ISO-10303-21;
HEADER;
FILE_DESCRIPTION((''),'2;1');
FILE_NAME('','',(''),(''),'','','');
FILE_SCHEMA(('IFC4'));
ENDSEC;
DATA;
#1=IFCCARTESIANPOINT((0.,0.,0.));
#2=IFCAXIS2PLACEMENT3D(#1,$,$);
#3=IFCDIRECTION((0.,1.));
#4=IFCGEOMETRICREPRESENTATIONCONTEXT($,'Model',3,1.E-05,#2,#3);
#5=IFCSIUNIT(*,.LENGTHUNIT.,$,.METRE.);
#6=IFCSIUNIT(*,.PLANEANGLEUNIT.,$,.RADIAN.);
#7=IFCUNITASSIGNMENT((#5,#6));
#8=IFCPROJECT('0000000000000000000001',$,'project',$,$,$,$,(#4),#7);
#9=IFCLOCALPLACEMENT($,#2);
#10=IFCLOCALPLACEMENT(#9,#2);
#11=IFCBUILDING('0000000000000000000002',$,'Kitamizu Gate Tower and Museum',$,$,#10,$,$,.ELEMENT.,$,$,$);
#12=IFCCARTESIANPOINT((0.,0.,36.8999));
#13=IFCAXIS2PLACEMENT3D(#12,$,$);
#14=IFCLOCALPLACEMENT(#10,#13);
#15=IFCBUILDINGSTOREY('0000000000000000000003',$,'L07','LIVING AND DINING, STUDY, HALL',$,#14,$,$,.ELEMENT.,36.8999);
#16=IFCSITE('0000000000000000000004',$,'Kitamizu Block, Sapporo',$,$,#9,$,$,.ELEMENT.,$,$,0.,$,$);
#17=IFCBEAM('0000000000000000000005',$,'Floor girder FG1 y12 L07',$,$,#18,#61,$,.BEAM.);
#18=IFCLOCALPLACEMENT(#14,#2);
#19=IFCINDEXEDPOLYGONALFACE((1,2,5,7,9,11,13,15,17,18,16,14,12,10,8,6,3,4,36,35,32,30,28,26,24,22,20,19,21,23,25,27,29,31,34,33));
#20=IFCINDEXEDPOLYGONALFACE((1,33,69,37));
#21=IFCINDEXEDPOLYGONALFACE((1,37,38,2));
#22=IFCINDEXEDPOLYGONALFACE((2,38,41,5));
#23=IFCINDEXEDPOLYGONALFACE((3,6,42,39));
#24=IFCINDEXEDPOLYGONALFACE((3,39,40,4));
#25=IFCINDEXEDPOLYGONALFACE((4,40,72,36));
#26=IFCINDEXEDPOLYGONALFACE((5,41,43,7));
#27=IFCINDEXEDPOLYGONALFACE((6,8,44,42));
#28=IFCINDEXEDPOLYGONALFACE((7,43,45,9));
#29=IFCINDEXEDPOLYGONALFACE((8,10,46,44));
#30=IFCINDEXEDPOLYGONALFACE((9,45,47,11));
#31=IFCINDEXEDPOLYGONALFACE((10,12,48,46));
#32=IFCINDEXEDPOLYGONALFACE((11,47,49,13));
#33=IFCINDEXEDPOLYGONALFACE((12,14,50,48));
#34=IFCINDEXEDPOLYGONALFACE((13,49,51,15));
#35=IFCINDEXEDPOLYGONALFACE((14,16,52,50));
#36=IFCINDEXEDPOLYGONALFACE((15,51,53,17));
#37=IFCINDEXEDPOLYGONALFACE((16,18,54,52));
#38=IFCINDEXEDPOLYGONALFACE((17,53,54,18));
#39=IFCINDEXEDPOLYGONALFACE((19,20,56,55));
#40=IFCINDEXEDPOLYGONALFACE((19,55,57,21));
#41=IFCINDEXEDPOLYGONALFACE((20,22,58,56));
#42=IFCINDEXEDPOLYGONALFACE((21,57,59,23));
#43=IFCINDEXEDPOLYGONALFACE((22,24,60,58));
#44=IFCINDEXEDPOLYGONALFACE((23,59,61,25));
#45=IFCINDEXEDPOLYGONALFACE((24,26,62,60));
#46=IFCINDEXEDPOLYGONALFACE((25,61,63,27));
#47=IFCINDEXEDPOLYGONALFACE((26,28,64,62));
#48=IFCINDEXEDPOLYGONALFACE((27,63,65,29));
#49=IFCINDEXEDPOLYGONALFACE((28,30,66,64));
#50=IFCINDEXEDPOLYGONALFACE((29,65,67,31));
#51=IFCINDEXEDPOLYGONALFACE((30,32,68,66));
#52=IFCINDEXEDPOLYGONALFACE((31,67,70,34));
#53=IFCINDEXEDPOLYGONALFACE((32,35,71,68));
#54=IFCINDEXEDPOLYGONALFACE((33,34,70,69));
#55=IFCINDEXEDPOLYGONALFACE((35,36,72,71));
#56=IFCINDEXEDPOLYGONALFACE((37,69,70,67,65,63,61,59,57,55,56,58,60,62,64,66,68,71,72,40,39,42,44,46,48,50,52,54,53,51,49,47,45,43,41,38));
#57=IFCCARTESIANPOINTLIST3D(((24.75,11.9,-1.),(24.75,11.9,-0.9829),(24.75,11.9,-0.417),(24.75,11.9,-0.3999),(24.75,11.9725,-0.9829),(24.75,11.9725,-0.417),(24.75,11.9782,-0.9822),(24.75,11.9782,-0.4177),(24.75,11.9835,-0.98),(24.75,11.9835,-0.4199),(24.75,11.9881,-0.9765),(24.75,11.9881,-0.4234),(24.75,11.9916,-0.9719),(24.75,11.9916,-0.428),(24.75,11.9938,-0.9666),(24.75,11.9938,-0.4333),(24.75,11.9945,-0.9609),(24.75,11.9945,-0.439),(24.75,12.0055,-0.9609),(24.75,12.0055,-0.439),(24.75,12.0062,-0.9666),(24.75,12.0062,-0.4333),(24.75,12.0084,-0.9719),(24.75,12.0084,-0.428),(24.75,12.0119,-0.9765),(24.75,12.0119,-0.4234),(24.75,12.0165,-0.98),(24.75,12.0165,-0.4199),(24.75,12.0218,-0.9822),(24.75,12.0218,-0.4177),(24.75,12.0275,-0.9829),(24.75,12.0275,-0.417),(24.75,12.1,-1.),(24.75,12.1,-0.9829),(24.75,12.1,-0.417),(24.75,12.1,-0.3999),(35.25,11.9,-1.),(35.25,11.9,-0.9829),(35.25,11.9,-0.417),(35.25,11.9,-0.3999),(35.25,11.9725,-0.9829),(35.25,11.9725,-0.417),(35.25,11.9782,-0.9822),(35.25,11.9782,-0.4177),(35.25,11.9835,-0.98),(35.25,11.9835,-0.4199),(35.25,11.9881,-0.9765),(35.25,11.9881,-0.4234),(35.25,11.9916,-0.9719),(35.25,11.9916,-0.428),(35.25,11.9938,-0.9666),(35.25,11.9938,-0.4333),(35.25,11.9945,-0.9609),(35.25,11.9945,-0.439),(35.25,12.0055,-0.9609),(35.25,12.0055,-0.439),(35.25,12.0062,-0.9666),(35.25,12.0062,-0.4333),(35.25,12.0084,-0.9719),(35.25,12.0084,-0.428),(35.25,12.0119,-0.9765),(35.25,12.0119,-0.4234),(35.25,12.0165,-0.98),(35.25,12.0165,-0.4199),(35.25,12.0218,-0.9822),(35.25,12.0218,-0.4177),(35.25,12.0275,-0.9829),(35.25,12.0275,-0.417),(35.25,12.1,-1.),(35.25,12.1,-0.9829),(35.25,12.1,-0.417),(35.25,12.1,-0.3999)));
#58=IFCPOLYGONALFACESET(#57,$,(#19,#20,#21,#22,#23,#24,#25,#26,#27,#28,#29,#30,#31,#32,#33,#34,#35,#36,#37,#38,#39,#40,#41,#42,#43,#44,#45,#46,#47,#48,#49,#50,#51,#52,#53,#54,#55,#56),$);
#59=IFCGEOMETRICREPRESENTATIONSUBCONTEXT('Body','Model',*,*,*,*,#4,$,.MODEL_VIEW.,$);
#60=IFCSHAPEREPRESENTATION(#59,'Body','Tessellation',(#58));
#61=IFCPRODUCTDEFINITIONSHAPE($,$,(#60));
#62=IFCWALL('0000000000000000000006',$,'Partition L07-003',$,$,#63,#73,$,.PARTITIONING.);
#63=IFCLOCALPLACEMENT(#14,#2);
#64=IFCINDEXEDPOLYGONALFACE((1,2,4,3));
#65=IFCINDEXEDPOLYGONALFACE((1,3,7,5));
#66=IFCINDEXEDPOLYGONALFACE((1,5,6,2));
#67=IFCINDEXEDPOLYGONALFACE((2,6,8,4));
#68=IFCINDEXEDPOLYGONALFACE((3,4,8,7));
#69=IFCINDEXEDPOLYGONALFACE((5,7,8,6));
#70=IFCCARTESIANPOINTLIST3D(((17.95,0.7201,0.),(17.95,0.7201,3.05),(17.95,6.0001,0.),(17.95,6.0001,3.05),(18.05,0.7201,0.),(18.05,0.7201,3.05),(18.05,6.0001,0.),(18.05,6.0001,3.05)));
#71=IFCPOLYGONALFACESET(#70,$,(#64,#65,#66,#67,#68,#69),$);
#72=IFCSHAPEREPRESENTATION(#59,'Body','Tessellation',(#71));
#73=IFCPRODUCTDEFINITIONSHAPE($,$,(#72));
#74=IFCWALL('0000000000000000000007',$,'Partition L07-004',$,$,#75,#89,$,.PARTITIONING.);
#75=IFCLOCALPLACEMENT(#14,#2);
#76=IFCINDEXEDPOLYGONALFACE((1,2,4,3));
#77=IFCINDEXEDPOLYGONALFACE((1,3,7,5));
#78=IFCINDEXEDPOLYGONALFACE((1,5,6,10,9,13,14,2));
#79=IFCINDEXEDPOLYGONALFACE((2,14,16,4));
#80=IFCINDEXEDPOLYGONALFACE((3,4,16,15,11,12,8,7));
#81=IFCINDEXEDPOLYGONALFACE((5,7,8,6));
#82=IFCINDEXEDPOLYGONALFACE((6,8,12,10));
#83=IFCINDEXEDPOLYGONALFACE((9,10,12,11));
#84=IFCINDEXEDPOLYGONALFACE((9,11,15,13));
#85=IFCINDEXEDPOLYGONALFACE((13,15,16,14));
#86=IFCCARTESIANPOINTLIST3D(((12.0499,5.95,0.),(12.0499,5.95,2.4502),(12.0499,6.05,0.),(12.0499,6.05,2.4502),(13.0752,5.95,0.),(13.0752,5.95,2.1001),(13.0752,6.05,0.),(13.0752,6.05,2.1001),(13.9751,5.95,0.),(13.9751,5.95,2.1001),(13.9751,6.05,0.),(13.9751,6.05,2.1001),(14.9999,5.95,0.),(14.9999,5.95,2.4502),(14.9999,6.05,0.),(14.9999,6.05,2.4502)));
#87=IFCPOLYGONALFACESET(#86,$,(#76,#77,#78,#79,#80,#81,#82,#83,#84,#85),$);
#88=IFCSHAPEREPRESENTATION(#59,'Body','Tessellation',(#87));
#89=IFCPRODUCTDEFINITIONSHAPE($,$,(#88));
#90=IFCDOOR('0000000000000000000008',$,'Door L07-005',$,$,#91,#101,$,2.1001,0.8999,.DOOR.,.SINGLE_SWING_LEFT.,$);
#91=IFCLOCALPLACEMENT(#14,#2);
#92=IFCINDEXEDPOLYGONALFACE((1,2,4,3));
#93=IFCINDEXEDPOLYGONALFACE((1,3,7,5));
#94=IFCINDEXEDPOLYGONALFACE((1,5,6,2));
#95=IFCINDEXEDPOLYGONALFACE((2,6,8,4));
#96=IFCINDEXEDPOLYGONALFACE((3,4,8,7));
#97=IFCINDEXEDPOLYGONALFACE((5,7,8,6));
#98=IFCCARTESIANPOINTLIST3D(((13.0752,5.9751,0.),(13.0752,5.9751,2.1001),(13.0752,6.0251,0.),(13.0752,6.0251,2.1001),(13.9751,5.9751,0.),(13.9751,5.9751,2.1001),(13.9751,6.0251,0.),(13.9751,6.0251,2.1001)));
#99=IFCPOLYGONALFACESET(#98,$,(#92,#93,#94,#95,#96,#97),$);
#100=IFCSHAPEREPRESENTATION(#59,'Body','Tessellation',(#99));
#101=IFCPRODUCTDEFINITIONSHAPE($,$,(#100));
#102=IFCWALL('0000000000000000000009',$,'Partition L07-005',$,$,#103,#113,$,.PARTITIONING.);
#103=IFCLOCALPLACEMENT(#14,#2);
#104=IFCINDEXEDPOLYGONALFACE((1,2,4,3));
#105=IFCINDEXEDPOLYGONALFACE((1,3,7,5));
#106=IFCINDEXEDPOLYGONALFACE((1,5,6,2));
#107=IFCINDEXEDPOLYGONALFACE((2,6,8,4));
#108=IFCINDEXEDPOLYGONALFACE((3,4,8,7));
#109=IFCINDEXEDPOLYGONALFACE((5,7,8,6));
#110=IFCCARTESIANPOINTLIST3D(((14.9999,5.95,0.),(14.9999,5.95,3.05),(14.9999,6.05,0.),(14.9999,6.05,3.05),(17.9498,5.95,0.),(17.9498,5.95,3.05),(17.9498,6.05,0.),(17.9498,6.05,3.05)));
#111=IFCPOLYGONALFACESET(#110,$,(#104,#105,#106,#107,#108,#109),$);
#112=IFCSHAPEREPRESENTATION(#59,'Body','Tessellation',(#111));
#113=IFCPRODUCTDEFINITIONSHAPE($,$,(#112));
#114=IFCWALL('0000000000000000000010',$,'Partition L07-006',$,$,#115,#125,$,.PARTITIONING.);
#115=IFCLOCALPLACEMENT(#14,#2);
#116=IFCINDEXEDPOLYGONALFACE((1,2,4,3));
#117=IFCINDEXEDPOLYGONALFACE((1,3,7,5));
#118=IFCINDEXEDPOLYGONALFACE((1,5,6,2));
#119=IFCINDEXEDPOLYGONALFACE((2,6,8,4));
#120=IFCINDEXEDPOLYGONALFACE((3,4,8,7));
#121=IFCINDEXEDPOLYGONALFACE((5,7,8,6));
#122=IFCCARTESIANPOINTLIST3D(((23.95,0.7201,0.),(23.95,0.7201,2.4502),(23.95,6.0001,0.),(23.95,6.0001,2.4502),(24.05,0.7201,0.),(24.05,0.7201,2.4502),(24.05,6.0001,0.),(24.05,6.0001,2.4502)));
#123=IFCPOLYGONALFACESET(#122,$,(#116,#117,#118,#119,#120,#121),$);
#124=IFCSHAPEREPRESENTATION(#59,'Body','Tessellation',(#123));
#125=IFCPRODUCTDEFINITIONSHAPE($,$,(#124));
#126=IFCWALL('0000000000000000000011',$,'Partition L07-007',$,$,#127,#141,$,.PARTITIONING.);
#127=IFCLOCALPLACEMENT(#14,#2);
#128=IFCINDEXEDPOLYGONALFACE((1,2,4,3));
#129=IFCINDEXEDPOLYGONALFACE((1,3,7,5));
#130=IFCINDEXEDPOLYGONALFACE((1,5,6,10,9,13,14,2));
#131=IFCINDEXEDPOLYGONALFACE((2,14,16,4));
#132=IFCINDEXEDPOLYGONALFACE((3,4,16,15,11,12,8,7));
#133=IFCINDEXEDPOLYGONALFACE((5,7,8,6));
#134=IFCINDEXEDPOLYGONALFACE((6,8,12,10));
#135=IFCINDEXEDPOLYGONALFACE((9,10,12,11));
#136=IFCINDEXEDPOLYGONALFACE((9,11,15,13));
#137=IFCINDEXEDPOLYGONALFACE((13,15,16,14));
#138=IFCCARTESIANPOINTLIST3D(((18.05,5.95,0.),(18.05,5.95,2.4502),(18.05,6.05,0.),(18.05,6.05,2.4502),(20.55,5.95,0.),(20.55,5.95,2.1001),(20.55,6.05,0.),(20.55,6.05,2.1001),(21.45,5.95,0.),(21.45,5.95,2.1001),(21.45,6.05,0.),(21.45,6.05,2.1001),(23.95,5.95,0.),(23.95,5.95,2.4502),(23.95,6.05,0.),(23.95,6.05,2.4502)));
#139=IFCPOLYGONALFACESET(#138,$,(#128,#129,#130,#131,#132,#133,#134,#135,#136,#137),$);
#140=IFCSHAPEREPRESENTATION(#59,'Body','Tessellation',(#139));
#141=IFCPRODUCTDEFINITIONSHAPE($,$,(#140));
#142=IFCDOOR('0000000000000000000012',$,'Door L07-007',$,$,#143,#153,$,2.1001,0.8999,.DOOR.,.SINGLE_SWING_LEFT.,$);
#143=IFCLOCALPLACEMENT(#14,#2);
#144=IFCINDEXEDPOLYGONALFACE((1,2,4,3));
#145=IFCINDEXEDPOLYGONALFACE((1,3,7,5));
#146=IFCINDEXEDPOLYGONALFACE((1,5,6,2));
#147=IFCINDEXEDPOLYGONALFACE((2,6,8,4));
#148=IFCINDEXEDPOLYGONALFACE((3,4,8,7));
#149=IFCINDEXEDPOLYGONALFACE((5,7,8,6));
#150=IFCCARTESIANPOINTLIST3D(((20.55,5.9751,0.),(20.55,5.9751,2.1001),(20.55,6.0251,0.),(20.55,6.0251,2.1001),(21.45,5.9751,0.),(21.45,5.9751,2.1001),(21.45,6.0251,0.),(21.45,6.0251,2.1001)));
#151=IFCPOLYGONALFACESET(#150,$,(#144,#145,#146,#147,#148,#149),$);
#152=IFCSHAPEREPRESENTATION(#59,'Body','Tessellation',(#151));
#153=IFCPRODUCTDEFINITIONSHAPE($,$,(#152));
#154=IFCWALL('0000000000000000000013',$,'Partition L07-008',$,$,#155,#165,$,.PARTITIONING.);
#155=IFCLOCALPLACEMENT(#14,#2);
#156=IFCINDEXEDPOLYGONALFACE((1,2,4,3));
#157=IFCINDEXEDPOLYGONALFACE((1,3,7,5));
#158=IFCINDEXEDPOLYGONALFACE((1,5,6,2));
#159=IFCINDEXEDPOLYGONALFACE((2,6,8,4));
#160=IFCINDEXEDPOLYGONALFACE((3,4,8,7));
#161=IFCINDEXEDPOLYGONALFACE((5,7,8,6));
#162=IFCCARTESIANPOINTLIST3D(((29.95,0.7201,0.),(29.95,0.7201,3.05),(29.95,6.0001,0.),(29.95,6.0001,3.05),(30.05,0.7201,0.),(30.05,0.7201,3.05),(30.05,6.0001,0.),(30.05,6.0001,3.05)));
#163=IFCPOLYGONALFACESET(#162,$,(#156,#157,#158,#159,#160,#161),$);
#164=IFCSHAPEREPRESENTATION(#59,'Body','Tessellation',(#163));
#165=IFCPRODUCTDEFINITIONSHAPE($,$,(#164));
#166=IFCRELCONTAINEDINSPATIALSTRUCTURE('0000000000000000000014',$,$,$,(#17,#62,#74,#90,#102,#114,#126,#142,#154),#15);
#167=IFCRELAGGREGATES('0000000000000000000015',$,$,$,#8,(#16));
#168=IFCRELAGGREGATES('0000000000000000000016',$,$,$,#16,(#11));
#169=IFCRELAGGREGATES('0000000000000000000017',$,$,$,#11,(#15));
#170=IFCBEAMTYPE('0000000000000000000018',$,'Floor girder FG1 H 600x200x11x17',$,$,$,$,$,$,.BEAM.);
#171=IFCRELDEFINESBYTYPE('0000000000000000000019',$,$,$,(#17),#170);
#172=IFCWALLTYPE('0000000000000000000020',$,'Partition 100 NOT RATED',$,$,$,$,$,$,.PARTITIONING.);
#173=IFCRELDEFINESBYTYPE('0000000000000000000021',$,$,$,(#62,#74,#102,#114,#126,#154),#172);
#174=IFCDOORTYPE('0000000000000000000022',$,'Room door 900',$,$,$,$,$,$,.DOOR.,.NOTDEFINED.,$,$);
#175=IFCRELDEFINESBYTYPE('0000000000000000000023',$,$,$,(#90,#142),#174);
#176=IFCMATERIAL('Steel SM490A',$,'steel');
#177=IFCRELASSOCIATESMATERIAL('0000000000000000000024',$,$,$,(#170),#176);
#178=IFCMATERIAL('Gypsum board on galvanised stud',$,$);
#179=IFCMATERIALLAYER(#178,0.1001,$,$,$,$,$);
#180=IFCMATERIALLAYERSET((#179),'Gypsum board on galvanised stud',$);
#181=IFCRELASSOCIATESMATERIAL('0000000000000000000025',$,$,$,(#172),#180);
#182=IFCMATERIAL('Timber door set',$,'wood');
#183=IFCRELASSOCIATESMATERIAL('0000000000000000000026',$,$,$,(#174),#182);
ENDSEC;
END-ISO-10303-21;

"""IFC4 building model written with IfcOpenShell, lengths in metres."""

from ifc_helpers import new_model, si_unit, direction, frame, frame_2d, origin, origin_2d, place, context, subcontext, project, spatial, rectangle, i_section, extrude, material, layer, layer_set, material_profile, profile_set, type_object, element, fill, save


model = new_model("IFC4")

# Units and contexts
model_context = context("Model", 3, precision=1e-05, world=origin(), true_north=direction((0.0, 1.0)))
body_context = subcontext(model_context, "Body", "Model", "MODEL_VIEW")
ifc_project = project(units=[si_unit("LENGTHUNIT", "METRE"), si_unit("PLANEANGLEUNIT", "RADIAN")], contexts=[model_context])

# Site, building, storey
site_placement = place(None, origin())
site = spatial("IfcSite", under=ifc_project, at=site_placement, Name="Kitamizu Block, Sapporo", CompositionType="ELEMENT", RefElevation=0.0)
building_placement = place(site_placement, origin())
building = spatial("IfcBuilding", under=site, at=building_placement, Name="Kitamizu Gate Tower and Museum", CompositionType="ELEMENT")
storey_placement = place(building_placement, frame((0.0, 0.0, 36.8999)))
storey = spatial("IfcBuildingStorey", under=building, at=storey_placement, Name="L07", Description="LIVING AND DINING, STUDY, HALL", CompositionType="ELEMENT", Elevation=36.8999)

# Beam
ifc_material_1 = material(Name="Steel SM490A", Category="steel")
ifc_material_profile_1 = material_profile(ifc_material_1, i_section(OverallWidth=0.2, OverallDepth=0.6001, WebThickness=0.011, FlangeThickness=0.0171, FilletRadius=0.022, at=origin_2d()), Name="H-600x200x11x17")
ifc_profile_set_1 = profile_set([ifc_material_profile_1], Name="Steel SM490A")
beam_type_1 = type_object("IfcBeamType", Name="Floor girder FG1 H 600x200x11x17", PredefinedType="BEAM", material=ifc_profile_set_1)
beam_1_placement = place(storey_placement, frame((24.75, 12.0, -0.7), z_axis=(1.0, 0.0, 0.0), x_axis=(0.0, 1.0, 0.0)))
element("IfcBeam", 1, at=beam_1_placement, inside=storey, type_object=beam_type_1, Name="Floor girder FG1 y12 L07", PredefinedType="BEAM", context=body_context, shape_type="SweptSolid", body=[
    extrude(i_section(OverallWidth=0.2, OverallDepth=0.6001, WebThickness=0.011, FlangeThickness=0.0171, FilletRadius=0.022, at=origin_2d()), origin(), (0.0, 0.0, 1.0), 10.5),
])

# Wall
ifc_material_2 = material(Name="Gypsum board on galvanised stud")
ifc_layer = layer(ifc_material_2, 0.1001)
ifc_layer_set = layer_set([ifc_layer], Name="Gypsum board on galvanised stud")
wall_type = type_object("IfcWallType", Name="Partition 100 NOT RATED", PredefinedType="PARTITIONING", material=ifc_layer_set)
wall_1_placement = place(storey_placement, frame((18.0, 0.72, 0.0), z_axis=(0.0, 0.0, 1.0), x_axis=(0.0, 1.0, 0.0)))
element("IfcWall", 2, at=wall_1_placement, inside=storey, type_object=wall_type, Name="Partition L07-003", PredefinedType="PARTITIONING", context=body_context, shape_type="SweptSolid", body=[
    extrude(rectangle(XDim=5.28, YDim=0.1001, at=frame_2d((2.6401, 0.0))), origin(), (0.0, 0.0, 1.0), 3.05),
])

# Wall, opening, door
wall_2_placement = place(storey_placement, frame((15.0, 6.0, 0.0), z_axis=(0.0, 0.0, 1.0), x_axis=(-1.0, 0.0, 0.0)))
wall_2 = element("IfcWall", 3, at=wall_2_placement, inside=storey, type_object=wall_type, Name="Partition L07-004", PredefinedType="PARTITIONING", context=body_context, shape_type="SweptSolid", body=[
    extrude(rectangle(XDim=2.95, YDim=0.1001, at=frame_2d((1.4751, 0.0))), origin(), (0.0, 0.0, 1.0), 2.4502),
])
opening_1_placement = place(wall_2_placement, frame((1.0249, 0.0, 0.0)))
opening_1 = element("IfcOpeningElement", 4, at=opening_1_placement, cuts=wall_2, PredefinedType="OPENING", context=body_context, shape_type="SweptSolid", body=[
    extrude(rectangle(XDim=0.8999, YDim=2.1001, at=frame_2d((0.45, 1.05))), frame((0.0, 0.0601, 0.0), z_axis=(0.0, -1.0, 0.0), x_axis=(1.0, 0.0, 0.0)), (0.0, 0.0, 1.0), 0.1201),
])
ifc_material_3 = material(Name="Timber door set", Category="wood")
door_type = type_object("IfcDoorType", Name="Room door 900", OperationType="NOTDEFINED", PredefinedType="DOOR", material=ifc_material_3)
door_1_placement = place(opening_1_placement, origin())
door_1 = element("IfcDoor", 5, at=door_1_placement, inside=storey, type_object=door_type, Name="Door L07-005", OperationType="SINGLE_SWING_LEFT", OverallHeight=2.1001, OverallWidth=0.8999, PredefinedType="DOOR", context=body_context, shape_type="SweptSolid", body=[
    extrude(rectangle(XDim=0.8999, YDim=2.1001, at=frame_2d((0.45, 1.05))), frame((0.0, 0.0249, 0.0), z_axis=(0.0, -1.0, 0.0), x_axis=(1.0, 0.0, 0.0)), (0.0, 0.0, 1.0), 0.05),
])
fill(opening_1, door_1)

# Walls
wall_3_placement = place(storey_placement, frame((17.95, 6.0, 0.0), z_axis=(0.0, 0.0, 1.0), x_axis=(-1.0, 0.0, 0.0)))
element("IfcWall", 6, at=wall_3_placement, inside=storey, type_object=wall_type, Name="Partition L07-005", PredefinedType="PARTITIONING", context=body_context, shape_type="SweptSolid", body=[
    extrude(rectangle(XDim=2.95, YDim=0.1001, at=frame_2d((1.4751, 0.0))), origin(), (0.0, 0.0, 1.0), 3.05),
])
wall_4_placement = place(storey_placement, frame((24.0, 0.72, 0.0), z_axis=(0.0, 0.0, 1.0), x_axis=(0.0, 1.0, 0.0)))
element("IfcWall", 7, at=wall_4_placement, inside=storey, type_object=wall_type, Name="Partition L07-006", PredefinedType="PARTITIONING", context=body_context, shape_type="SweptSolid", body=[
    extrude(rectangle(XDim=5.28, YDim=0.1001, at=frame_2d((2.6401, 0.0))), origin(), (0.0, 0.0, 1.0), 2.4502),
])

# Wall, opening, door
wall_5_placement = place(storey_placement, frame((23.95, 6.0, 0.0), z_axis=(0.0, 0.0, 1.0), x_axis=(-1.0, 0.0, 0.0)))
wall_5 = element("IfcWall", 8, at=wall_5_placement, inside=storey, type_object=wall_type, Name="Partition L07-007", PredefinedType="PARTITIONING", context=body_context, shape_type="SweptSolid", body=[
    extrude(rectangle(XDim=5.8999, YDim=0.1001, at=frame_2d((2.95, 0.0))), origin(), (0.0, 0.0, 1.0), 2.4502),
])
opening_2_placement = place(wall_5_placement, frame((2.5, 0.0, 0.0)))
opening_2 = element("IfcOpeningElement", 9, at=opening_2_placement, cuts=wall_5, PredefinedType="OPENING", context=body_context, shape_type="SweptSolid", body=[
    extrude(rectangle(XDim=0.8999, YDim=2.1001, at=frame_2d((0.45, 1.05))), frame((0.0, 0.0601, 0.0), z_axis=(0.0, -1.0, 0.0), x_axis=(1.0, 0.0, 0.0)), (0.0, 0.0, 1.0), 0.1201),
])
door_2_placement = place(opening_2_placement, origin())
door_2 = element("IfcDoor", 10, at=door_2_placement, inside=storey, type_object=door_type, Name="Door L07-007", OperationType="SINGLE_SWING_LEFT", OverallHeight=2.1001, OverallWidth=0.8999, PredefinedType="DOOR", context=body_context, shape_type="SweptSolid", body=[
    extrude(rectangle(XDim=0.8999, YDim=2.1001, at=frame_2d((0.45, 1.05))), frame((0.0, 0.0249, 0.0), z_axis=(0.0, -1.0, 0.0), x_axis=(1.0, 0.0, 0.0)), (0.0, 0.0, 1.0), 0.05),
])
fill(opening_2, door_2)

# Wall
wall_6_placement = place(storey_placement, frame((30.0, 0.72, 0.0), z_axis=(0.0, 0.0, 1.0), x_axis=(0.0, 1.0, 0.0)))
element("IfcWall", 11, at=wall_6_placement, inside=storey, type_object=wall_type, Name="Partition L07-008", PredefinedType="PARTITIONING", context=body_context, shape_type="SweptSolid", body=[
    extrude(rectangle(XDim=5.28, YDim=0.1001, at=frame_2d((2.6401, 0.0))), origin(), (0.0, 0.0, 1.0), 3.05),
])

save(model, "model.ifc")
